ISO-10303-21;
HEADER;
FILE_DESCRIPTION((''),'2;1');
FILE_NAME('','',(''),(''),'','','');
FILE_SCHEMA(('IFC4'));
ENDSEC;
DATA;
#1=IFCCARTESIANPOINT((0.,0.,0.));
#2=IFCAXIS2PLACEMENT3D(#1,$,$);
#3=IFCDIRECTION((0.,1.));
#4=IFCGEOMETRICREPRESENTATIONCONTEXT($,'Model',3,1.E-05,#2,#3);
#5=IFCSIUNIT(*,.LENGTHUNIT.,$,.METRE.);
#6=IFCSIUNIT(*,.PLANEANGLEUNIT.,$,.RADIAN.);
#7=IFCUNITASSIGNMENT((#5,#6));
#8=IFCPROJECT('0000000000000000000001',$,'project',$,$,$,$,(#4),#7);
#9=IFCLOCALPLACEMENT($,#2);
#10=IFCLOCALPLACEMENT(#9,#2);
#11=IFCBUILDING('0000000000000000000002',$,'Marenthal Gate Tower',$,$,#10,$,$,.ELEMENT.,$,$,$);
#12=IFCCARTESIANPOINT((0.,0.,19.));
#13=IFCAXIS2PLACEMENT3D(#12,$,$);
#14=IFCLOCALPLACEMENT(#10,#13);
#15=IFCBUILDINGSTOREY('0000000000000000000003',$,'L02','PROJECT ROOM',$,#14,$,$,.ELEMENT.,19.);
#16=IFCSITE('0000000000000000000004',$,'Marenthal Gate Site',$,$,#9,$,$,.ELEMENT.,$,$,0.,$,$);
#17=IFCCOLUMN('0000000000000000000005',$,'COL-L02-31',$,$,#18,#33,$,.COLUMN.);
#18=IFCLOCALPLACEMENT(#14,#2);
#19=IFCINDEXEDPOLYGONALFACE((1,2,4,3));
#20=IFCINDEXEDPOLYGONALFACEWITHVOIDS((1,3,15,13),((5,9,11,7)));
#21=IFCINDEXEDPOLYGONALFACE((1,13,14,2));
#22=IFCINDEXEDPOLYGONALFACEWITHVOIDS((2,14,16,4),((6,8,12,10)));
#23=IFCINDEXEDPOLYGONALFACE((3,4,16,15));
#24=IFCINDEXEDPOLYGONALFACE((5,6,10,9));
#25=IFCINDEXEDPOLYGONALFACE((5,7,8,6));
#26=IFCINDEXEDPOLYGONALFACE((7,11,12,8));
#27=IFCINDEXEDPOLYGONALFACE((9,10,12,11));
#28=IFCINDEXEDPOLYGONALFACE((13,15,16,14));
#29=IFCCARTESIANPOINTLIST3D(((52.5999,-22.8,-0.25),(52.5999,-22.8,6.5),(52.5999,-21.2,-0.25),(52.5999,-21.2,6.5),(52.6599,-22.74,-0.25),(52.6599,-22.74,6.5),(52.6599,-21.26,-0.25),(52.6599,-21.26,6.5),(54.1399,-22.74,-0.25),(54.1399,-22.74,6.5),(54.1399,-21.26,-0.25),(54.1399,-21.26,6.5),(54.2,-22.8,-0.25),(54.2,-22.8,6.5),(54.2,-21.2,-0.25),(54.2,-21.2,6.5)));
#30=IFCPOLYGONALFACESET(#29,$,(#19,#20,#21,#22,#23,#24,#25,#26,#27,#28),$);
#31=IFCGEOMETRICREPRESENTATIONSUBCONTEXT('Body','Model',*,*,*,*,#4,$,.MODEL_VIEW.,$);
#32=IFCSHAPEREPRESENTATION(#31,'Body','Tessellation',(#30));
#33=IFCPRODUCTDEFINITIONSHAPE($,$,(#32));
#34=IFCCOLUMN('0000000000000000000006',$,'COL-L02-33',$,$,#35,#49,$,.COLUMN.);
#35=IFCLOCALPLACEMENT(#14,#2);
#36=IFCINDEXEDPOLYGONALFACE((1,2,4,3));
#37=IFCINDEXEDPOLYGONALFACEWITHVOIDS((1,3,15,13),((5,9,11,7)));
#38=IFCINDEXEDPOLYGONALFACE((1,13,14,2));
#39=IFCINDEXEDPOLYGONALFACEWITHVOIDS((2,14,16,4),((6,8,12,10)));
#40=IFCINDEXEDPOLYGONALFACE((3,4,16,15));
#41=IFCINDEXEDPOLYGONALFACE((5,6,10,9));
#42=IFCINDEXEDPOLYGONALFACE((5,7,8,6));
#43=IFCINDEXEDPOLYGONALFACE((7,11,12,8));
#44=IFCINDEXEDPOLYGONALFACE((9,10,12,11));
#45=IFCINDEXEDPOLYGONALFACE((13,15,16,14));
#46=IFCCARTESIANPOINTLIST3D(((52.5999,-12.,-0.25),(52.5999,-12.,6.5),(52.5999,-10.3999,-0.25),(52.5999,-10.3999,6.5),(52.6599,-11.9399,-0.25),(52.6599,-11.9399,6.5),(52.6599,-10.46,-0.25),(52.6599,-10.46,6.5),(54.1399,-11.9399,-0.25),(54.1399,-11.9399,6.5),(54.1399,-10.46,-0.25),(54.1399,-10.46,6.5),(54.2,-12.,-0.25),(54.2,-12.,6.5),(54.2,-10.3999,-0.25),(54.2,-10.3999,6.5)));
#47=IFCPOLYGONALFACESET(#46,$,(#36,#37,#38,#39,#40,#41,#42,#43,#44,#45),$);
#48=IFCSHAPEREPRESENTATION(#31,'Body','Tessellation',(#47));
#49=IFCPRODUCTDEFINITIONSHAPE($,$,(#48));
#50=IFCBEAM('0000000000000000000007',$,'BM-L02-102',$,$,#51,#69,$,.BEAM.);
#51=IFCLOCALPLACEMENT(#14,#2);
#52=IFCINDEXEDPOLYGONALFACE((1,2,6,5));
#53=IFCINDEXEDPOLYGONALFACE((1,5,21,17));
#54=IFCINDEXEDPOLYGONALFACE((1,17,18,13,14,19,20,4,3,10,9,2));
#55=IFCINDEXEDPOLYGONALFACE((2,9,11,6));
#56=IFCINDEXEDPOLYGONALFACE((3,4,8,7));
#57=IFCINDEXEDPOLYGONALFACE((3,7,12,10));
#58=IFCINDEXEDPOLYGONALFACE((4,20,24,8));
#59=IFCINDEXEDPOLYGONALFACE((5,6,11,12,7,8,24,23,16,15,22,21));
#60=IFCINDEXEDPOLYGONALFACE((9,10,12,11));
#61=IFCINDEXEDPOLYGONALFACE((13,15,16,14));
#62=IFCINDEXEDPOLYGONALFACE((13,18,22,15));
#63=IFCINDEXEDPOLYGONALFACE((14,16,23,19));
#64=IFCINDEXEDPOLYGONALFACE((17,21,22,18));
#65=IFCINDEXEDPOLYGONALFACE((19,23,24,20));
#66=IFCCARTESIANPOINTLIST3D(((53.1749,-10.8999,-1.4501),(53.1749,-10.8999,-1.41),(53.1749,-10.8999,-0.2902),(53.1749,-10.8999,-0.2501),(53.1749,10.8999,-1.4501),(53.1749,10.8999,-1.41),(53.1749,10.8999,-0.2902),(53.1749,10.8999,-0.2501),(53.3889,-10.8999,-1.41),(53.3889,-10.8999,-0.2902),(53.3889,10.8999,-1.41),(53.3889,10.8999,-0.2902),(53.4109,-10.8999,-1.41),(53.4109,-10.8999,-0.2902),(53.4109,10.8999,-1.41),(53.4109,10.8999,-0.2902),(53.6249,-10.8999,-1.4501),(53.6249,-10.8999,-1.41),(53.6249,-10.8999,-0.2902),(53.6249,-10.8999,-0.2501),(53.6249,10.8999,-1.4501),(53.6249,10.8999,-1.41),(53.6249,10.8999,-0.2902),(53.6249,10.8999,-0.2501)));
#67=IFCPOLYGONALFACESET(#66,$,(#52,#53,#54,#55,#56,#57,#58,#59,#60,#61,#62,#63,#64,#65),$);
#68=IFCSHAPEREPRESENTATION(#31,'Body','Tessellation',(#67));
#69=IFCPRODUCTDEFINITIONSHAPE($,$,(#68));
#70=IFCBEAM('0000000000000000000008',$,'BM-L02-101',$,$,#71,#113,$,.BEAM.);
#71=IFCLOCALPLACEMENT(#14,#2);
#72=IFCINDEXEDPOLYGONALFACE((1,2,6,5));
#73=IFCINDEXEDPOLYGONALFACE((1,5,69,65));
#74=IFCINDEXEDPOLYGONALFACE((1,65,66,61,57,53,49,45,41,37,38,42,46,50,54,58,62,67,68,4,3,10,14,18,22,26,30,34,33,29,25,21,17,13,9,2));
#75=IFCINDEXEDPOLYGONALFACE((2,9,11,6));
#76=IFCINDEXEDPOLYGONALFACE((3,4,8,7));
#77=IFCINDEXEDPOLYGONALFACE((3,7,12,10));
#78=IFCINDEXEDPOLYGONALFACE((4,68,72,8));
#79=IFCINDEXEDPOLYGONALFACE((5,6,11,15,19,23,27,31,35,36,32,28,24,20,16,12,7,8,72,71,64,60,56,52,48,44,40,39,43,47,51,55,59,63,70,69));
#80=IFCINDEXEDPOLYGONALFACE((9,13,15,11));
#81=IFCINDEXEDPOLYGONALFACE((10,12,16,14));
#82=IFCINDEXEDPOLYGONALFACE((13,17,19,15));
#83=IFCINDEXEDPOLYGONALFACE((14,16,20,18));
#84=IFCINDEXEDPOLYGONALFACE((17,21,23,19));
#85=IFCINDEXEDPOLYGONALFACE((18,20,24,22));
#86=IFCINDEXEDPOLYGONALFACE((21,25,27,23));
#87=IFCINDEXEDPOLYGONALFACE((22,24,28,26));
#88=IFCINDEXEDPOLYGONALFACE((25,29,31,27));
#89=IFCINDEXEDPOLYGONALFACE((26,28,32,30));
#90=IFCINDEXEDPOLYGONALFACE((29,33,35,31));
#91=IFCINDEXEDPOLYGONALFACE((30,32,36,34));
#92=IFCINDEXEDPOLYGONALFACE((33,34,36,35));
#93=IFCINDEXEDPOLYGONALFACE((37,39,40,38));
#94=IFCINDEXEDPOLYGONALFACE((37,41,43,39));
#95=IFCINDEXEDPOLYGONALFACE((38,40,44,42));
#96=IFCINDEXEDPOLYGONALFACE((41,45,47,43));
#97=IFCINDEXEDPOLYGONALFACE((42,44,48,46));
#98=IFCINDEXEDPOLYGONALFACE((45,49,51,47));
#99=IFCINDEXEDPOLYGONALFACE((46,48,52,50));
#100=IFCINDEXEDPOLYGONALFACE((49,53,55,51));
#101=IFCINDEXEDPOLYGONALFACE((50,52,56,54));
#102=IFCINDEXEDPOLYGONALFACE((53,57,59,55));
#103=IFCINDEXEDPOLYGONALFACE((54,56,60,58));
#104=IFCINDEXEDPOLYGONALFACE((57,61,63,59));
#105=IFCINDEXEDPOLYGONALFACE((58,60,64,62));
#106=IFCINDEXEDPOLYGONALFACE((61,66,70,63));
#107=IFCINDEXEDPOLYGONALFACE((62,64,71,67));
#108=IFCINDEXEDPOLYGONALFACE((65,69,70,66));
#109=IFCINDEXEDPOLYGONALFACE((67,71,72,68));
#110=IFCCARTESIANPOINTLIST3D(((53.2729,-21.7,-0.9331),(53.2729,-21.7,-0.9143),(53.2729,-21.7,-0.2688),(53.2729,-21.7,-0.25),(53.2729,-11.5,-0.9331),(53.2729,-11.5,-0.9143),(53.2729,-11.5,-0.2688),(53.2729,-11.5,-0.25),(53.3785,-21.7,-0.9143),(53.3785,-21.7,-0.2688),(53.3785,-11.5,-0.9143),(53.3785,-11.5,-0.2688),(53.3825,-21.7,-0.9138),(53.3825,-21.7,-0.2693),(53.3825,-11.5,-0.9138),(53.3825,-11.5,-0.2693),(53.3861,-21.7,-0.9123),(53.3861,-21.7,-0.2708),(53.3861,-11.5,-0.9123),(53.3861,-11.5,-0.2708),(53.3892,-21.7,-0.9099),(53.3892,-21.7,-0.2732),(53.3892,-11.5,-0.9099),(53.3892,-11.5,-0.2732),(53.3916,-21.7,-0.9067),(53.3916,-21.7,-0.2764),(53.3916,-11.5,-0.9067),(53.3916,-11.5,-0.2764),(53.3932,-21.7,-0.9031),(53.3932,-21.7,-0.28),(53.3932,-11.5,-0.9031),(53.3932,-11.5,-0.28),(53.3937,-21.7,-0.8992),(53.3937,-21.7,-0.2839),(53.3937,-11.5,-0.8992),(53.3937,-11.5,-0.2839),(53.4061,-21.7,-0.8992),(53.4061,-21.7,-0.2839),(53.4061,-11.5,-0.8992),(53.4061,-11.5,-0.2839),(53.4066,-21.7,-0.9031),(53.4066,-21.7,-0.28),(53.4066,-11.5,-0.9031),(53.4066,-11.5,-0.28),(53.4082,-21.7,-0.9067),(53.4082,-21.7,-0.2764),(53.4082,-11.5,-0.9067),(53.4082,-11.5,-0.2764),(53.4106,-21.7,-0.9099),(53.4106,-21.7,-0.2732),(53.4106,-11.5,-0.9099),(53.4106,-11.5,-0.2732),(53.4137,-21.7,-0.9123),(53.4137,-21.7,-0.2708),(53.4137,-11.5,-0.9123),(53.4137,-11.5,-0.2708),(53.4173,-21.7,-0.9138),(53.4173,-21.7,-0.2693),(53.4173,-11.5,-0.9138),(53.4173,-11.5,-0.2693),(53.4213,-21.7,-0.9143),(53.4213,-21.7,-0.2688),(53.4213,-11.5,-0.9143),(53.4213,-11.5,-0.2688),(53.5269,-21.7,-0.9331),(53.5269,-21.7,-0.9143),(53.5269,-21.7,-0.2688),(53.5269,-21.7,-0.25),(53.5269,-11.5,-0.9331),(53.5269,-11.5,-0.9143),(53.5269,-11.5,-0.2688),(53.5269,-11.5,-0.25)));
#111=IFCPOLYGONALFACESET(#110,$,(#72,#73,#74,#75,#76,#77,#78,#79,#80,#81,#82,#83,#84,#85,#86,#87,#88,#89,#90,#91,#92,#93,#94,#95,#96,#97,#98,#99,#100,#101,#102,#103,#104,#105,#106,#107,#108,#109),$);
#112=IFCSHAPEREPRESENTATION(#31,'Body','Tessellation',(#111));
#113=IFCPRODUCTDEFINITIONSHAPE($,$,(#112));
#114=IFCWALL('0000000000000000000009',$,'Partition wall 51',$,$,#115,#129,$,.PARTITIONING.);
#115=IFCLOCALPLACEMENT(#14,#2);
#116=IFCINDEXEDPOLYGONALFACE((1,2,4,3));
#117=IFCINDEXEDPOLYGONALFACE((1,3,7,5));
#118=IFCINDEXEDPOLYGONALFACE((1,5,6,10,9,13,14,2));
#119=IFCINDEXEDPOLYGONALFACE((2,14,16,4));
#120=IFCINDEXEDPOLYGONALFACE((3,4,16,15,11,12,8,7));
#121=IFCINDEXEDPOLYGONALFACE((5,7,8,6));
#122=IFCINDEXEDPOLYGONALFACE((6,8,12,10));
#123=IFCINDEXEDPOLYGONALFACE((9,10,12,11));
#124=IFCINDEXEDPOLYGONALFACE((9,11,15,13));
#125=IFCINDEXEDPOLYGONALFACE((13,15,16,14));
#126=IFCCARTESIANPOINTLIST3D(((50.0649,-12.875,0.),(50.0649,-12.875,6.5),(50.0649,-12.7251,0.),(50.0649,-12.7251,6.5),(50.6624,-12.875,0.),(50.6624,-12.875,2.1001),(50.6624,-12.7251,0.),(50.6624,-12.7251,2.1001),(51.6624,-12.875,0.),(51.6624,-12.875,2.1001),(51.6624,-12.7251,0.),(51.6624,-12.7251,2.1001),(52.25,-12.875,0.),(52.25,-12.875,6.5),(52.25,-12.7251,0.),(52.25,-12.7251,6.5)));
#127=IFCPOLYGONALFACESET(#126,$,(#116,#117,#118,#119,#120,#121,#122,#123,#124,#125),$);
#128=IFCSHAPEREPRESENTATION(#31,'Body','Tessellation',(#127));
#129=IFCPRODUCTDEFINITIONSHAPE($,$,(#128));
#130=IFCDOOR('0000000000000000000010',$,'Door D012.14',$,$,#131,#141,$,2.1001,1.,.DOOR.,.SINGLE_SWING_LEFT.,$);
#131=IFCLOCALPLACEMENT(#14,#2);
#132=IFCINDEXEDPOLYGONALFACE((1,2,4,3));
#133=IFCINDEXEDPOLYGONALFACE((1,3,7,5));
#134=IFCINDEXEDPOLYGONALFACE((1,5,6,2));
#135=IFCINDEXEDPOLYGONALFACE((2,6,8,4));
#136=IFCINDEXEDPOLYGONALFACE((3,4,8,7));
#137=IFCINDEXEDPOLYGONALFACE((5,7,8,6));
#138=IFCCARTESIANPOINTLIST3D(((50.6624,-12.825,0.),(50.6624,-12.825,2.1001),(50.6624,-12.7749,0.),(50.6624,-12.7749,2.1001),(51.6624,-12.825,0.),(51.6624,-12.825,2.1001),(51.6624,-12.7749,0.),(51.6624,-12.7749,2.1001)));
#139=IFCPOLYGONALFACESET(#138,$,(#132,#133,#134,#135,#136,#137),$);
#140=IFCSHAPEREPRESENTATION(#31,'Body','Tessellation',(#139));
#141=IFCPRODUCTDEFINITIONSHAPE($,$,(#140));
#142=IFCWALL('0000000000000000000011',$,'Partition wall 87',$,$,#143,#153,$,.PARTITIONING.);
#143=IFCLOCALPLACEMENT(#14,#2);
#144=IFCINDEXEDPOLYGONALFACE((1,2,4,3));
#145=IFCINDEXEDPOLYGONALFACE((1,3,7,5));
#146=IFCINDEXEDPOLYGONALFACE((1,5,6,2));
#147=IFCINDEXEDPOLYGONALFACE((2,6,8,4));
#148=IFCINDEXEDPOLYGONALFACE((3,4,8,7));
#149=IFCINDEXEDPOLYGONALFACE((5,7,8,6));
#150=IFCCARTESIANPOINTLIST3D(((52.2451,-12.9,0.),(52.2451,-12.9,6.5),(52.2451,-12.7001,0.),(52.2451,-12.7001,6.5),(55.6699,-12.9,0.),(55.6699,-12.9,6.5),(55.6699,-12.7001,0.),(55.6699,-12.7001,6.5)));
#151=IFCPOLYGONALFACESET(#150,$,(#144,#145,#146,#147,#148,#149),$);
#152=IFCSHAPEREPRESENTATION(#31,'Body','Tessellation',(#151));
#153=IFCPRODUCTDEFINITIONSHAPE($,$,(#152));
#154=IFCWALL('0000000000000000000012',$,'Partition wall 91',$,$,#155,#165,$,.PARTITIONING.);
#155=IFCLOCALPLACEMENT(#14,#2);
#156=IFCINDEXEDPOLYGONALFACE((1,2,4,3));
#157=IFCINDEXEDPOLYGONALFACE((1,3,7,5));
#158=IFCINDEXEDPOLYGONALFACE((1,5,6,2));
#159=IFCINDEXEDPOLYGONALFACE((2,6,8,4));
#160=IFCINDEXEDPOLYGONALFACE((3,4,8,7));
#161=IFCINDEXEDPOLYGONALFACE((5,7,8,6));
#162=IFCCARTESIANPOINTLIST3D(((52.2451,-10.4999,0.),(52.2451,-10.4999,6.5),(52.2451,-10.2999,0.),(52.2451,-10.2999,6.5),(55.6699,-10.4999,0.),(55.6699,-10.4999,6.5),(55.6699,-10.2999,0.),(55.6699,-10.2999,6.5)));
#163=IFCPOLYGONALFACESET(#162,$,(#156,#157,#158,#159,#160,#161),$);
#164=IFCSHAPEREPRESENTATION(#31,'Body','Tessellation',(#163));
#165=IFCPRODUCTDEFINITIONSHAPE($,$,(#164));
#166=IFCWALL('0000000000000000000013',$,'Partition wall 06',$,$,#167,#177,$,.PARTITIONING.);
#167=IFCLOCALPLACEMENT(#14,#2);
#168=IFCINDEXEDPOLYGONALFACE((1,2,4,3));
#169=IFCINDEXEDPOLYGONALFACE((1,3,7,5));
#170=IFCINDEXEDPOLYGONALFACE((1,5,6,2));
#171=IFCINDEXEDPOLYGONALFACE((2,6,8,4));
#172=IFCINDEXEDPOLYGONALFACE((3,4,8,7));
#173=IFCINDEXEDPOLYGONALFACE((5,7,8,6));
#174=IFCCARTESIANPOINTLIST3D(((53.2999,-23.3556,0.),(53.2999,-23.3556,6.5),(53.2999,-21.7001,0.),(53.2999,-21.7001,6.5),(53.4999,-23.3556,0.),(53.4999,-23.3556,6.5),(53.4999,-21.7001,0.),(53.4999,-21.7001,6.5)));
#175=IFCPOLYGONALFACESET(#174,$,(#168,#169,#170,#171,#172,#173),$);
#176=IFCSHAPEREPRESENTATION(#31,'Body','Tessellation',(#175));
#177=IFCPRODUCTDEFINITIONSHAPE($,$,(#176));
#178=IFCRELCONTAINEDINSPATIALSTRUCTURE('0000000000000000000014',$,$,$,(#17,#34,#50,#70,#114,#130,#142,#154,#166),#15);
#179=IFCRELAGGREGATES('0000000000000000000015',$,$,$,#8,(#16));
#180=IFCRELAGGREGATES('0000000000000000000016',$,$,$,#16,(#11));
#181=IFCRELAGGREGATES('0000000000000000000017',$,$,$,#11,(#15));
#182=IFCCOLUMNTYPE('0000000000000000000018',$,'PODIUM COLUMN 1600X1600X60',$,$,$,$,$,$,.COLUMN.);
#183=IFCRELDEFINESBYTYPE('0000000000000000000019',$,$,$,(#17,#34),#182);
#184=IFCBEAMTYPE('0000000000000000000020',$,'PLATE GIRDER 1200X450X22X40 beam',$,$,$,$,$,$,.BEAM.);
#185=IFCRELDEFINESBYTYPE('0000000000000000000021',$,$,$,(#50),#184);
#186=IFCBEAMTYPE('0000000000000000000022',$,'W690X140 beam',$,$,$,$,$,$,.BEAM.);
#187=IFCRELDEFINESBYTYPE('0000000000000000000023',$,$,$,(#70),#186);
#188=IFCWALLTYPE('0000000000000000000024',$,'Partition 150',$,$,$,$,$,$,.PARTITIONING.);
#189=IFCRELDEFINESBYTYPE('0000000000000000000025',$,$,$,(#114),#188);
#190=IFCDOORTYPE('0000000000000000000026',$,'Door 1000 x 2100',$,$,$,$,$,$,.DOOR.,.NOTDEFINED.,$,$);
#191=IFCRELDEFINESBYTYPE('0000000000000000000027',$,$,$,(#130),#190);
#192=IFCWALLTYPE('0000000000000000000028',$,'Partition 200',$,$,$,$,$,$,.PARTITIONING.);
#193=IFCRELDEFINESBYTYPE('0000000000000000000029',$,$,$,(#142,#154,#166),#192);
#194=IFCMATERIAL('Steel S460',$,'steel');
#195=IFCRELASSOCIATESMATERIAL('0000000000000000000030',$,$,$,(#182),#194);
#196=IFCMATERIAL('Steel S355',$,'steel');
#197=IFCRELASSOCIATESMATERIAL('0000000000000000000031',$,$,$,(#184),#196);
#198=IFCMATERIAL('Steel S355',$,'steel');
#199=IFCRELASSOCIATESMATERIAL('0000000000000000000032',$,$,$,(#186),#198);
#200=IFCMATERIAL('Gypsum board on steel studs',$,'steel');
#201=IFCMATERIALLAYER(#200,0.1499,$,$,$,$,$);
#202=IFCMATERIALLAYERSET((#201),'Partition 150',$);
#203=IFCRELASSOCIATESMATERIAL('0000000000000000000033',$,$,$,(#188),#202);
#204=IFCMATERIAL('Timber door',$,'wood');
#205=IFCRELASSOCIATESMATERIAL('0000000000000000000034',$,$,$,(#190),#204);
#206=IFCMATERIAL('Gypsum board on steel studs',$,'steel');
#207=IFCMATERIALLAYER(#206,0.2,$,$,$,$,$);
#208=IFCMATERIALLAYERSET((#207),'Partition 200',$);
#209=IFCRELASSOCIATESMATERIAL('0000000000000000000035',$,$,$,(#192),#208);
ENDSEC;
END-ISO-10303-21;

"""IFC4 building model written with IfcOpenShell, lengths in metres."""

from ifc_helpers import new_model, si_unit, direction, frame, frame_2d, origin, origin_2d, place, context, subcontext, project, spatial, rectangle, hollow_rectangle, i_section, extrude, material, layer, layer_set, material_profile, profile_set, type_object, element, fill, save


model = new_model("IFC4")

# Units and contexts
model_context = context("Model", 3, precision=1e-05, world=origin(), true_north=direction((0.0, 1.0)))
body_context = subcontext(model_context, "Body", "Model", "MODEL_VIEW")
ifc_project = project(units=[si_unit("LENGTHUNIT", "METRE"), si_unit("PLANEANGLEUNIT", "RADIAN")], contexts=[model_context])

# Site, building, storey
site_placement = place(None, origin())
site = spatial("IfcSite", under=ifc_project, at=site_placement, Name="Marenthal Gate Site", CompositionType="ELEMENT", RefElevation=0.0)
building_placement = place(site_placement, origin())
building = spatial("IfcBuilding", under=site, at=building_placement, Name="Marenthal Gate Tower", CompositionType="ELEMENT")
storey_placement = place(building_placement, frame((0.0, 0.0, 19.0)))
storey = spatial("IfcBuildingStorey", under=building, at=storey_placement, Name="L02", Description="PROJECT ROOM", CompositionType="ELEMENT", Elevation=19.0)

# Columns
ifc_material_1 = material(Name="Steel S460", Category="steel")
ifc_material_profile_1 = material_profile(ifc_material_1, hollow_rectangle(XDim=1.6001, YDim=1.6001, WallThickness=0.0601, at=origin_2d()), Name="CFT BOX 1600X1600X60")
ifc_material_2 = material(Name="Concrete 70 MPa", Category="concrete")
ifc_material_profile_2 = material_profile(ifc_material_2, rectangle(XDim=1.48, YDim=1.48, at=origin_2d()), Name="CFT BOX 1600X1600X60 INFILL")
ifc_profile_set_1 = profile_set([ifc_material_profile_1, ifc_material_profile_2], Name="Steel S460 shell, Concrete 70 MPa infill")
column_type = type_object("IfcColumnType", Name="PODIUM COLUMN 1600X1600X60", PredefinedType="COLUMN", material=ifc_profile_set_1)
for number, where, z_axis, x_axis, name in (
    (1, (53.3999, -22.0, -0.25), (0.0, 0.0, 1.0), (1.0, 0.0, 0.0), "COL-L02-31"),
    (2, (53.3999, -11.2, -0.25), (0.0, 0.0, 1.0), (1.0, 0.0, 0.0), "COL-L02-33"),
):
    element("IfcColumn", number, at=place(storey_placement, frame(where, z_axis=z_axis, x_axis=x_axis)), inside=storey, type_object=column_type, Name=name, PredefinedType="COLUMN", context=body_context, shape_type="SweptSolid", body=[
        extrude(hollow_rectangle(XDim=1.6001, YDim=1.6001, WallThickness=0.0601, at=origin_2d()), origin(), (0.0, 0.0, 1.0), 6.75),
    ])

# Beams
ifc_material_3 = material(Name="Steel S355", Category="steel")
ifc_material_profile_3 = material_profile(ifc_material_3, i_section(OverallWidth=0.45, OverallDepth=1.2, WebThickness=0.022, FlangeThickness=0.04, at=origin_2d()), Name="PLATE GIRDER 1200X450X22X40")
ifc_profile_set_2 = profile_set([ifc_material_profile_3], Name="Steel S355")
beam_type_1 = type_object("IfcBeamType", Name="PLATE GIRDER 1200X450X22X40 beam", PredefinedType="BEAM", material=ifc_profile_set_2)
beam_1_placement = place(storey_placement, frame((53.3999, -10.8999, -0.8501), z_axis=(0.0, 1.0, 0.0), x_axis=(-1.0, 0.0, 0.0)))
element("IfcBeam", 3, at=beam_1_placement, inside=storey, type_object=beam_type_1, Name="BM-L02-102", PredefinedType="BEAM", context=body_context, shape_type="SweptSolid", body=[
    extrude(i_section(OverallWidth=0.45, OverallDepth=1.2, WebThickness=0.022, FlangeThickness=0.04, at=origin_2d()), origin(), (0.0, 0.0, 1.0), 21.7998),
])
ifc_material_4 = material(Name="Steel S355", Category="steel")
ifc_material_profile_4 = material_profile(ifc_material_4, i_section(OverallWidth=0.2539, OverallDepth=0.6831, WebThickness=0.0125, FlangeThickness=0.0188, FilletRadius=0.0151, at=origin_2d()), Name="W690X140")
ifc_profile_set_3 = profile_set([ifc_material_profile_4], Name="Steel S355")
beam_type_2 = type_object("IfcBeamType", Name="W690X140 beam", PredefinedType="BEAM", material=ifc_profile_set_3)
beam_2_placement = place(storey_placement, frame((53.3999, -21.7, -0.5916), z_axis=(0.0, 1.0, 0.0), x_axis=(-1.0, 0.0, 0.0)))
element("IfcBeam", 4, at=beam_2_placement, inside=storey, type_object=beam_type_2, Name="BM-L02-101", PredefinedType="BEAM", context=body_context, shape_type="SweptSolid", body=[
    extrude(i_section(OverallWidth=0.2539, OverallDepth=0.6831, WebThickness=0.0125, FlangeThickness=0.0188, FilletRadius=0.0151, at=origin_2d()), origin(), (0.0, 0.0, 1.0), 10.2),
])

# Wall, opening, door
ifc_material_5 = material(Name="Gypsum board on steel studs", Category="steel")
ifc_layer_1 = layer(ifc_material_5, 0.1499)
ifc_layer_set_1 = layer_set([ifc_layer_1], Name="Partition 150")
wall_type_1 = type_object("IfcWallType", Name="Partition 150", PredefinedType="PARTITIONING", material=ifc_layer_set_1)
wall_1_placement = place(storey_placement, frame((50.0649, -12.8, 0.0), z_axis=(0.0, 0.0, 1.0), x_axis=(1.0, 0.0, 0.0)))
wall_1 = element("IfcWall", 5, at=wall_1_placement, inside=storey, type_object=wall_type_1, Name="Partition wall 51", PredefinedType="PARTITIONING", context=body_context, shape_type="SweptSolid", body=[
    extrude(rectangle(XDim=2.1851, YDim=0.1499, at=frame_2d((1.0925, 0.0))), origin(), (0.0, 0.0, 1.0), 6.5),
])
opening_1_placement = place(wall_1_placement, frame((0.5974, 0.0, 0.0)))
opening_1 = element("IfcOpeningElement", 6, at=opening_1_placement, cuts=wall_1, PredefinedType="OPENING", context=body_context, shape_type="SweptSolid", body=[
    extrude(rectangle(XDim=1.0, YDim=2.1001, at=frame_2d((0.5, 1.05))), frame((0.0, 0.085, 0.0), z_axis=(0.0, -1.0, 0.0), x_axis=(1.0, 0.0, 0.0)), (0.0, 0.0, 1.0), 0.1699),
])
ifc_material_6 = material(Name="Timber door", Category="wood")
door_type = type_object("IfcDoorType", Name="Door 1000 x 2100", OperationType="NOTDEFINED", PredefinedType="DOOR", material=ifc_material_6)
door_placement = place(opening_1_placement, frame((1.0, 0.0, 0.0), z_axis=(0.0, 0.0, 1.0), x_axis=(-1.0, 0.0, 0.0)))
door = element("IfcDoor", 7, at=door_placement, inside=storey, type_object=door_type, Name="Door D012.14", OperationType="SINGLE_SWING_LEFT", OverallHeight=2.1001, OverallWidth=1.0, PredefinedType="DOOR", context=body_context, shape_type="SweptSolid", body=[
    extrude(rectangle(XDim=1.0, YDim=2.1001, at=frame_2d((0.5, 1.05))), frame((0.0, 0.0249, 0.0), z_axis=(0.0, -1.0, 0.0), x_axis=(1.0, 0.0, 0.0)), (0.0, 0.0, 1.0), 0.05),
])
fill(opening_1, door)

# Walls
ifc_material_7 = material(Name="Gypsum board on steel studs", Category="steel")
ifc_layer_2 = layer(ifc_material_7, 0.2)
ifc_layer_set_2 = layer_set([ifc_layer_2], Name="Partition 200")
wall_type_2 = type_object("IfcWallType", Name="Partition 200", PredefinedType="PARTITIONING", material=ifc_layer_set_2)
for number, where, z_axis, x_axis, name in (
    (8, (52.2451, -12.8, 0.0), (0.0, 0.0, 1.0), (1.0, 0.0, 0.0), "Partition wall 87"),
    (9, (52.2451, -10.3999, 0.0), (0.0, 0.0, 1.0), (1.0, 0.0, 0.0), "Partition wall 91"),
):
    element("IfcWall", number, at=place(storey_placement, frame(where, z_axis=z_axis, x_axis=x_axis)), inside=storey, type_object=wall_type_2, Name=name, PredefinedType="PARTITIONING", context=body_context, shape_type="SweptSolid", body=[
        extrude(rectangle(XDim=3.4248, YDim=0.2, at=frame_2d((1.7124, 0.0))), origin(), (0.0, 0.0, 1.0), 6.5),
    ])
wall_2_placement = place(storey_placement, frame((53.3999, -23.3555, 0.0), z_axis=(0.0, 0.0, 1.0), x_axis=(0.0, 1.0, 0.0)))
element("IfcWall", 10, at=wall_2_placement, inside=storey, type_object=wall_type_2, Name="Partition wall 06", PredefinedType="PARTITIONING", context=body_context, shape_type="SweptSolid", body=[
    extrude(rectangle(XDim=1.6555, YDim=0.2, at=frame_2d((0.8276, 0.0))), origin(), (0.0, 0.0, 1.0), 6.5),
])

save(model, "model.ifc")
